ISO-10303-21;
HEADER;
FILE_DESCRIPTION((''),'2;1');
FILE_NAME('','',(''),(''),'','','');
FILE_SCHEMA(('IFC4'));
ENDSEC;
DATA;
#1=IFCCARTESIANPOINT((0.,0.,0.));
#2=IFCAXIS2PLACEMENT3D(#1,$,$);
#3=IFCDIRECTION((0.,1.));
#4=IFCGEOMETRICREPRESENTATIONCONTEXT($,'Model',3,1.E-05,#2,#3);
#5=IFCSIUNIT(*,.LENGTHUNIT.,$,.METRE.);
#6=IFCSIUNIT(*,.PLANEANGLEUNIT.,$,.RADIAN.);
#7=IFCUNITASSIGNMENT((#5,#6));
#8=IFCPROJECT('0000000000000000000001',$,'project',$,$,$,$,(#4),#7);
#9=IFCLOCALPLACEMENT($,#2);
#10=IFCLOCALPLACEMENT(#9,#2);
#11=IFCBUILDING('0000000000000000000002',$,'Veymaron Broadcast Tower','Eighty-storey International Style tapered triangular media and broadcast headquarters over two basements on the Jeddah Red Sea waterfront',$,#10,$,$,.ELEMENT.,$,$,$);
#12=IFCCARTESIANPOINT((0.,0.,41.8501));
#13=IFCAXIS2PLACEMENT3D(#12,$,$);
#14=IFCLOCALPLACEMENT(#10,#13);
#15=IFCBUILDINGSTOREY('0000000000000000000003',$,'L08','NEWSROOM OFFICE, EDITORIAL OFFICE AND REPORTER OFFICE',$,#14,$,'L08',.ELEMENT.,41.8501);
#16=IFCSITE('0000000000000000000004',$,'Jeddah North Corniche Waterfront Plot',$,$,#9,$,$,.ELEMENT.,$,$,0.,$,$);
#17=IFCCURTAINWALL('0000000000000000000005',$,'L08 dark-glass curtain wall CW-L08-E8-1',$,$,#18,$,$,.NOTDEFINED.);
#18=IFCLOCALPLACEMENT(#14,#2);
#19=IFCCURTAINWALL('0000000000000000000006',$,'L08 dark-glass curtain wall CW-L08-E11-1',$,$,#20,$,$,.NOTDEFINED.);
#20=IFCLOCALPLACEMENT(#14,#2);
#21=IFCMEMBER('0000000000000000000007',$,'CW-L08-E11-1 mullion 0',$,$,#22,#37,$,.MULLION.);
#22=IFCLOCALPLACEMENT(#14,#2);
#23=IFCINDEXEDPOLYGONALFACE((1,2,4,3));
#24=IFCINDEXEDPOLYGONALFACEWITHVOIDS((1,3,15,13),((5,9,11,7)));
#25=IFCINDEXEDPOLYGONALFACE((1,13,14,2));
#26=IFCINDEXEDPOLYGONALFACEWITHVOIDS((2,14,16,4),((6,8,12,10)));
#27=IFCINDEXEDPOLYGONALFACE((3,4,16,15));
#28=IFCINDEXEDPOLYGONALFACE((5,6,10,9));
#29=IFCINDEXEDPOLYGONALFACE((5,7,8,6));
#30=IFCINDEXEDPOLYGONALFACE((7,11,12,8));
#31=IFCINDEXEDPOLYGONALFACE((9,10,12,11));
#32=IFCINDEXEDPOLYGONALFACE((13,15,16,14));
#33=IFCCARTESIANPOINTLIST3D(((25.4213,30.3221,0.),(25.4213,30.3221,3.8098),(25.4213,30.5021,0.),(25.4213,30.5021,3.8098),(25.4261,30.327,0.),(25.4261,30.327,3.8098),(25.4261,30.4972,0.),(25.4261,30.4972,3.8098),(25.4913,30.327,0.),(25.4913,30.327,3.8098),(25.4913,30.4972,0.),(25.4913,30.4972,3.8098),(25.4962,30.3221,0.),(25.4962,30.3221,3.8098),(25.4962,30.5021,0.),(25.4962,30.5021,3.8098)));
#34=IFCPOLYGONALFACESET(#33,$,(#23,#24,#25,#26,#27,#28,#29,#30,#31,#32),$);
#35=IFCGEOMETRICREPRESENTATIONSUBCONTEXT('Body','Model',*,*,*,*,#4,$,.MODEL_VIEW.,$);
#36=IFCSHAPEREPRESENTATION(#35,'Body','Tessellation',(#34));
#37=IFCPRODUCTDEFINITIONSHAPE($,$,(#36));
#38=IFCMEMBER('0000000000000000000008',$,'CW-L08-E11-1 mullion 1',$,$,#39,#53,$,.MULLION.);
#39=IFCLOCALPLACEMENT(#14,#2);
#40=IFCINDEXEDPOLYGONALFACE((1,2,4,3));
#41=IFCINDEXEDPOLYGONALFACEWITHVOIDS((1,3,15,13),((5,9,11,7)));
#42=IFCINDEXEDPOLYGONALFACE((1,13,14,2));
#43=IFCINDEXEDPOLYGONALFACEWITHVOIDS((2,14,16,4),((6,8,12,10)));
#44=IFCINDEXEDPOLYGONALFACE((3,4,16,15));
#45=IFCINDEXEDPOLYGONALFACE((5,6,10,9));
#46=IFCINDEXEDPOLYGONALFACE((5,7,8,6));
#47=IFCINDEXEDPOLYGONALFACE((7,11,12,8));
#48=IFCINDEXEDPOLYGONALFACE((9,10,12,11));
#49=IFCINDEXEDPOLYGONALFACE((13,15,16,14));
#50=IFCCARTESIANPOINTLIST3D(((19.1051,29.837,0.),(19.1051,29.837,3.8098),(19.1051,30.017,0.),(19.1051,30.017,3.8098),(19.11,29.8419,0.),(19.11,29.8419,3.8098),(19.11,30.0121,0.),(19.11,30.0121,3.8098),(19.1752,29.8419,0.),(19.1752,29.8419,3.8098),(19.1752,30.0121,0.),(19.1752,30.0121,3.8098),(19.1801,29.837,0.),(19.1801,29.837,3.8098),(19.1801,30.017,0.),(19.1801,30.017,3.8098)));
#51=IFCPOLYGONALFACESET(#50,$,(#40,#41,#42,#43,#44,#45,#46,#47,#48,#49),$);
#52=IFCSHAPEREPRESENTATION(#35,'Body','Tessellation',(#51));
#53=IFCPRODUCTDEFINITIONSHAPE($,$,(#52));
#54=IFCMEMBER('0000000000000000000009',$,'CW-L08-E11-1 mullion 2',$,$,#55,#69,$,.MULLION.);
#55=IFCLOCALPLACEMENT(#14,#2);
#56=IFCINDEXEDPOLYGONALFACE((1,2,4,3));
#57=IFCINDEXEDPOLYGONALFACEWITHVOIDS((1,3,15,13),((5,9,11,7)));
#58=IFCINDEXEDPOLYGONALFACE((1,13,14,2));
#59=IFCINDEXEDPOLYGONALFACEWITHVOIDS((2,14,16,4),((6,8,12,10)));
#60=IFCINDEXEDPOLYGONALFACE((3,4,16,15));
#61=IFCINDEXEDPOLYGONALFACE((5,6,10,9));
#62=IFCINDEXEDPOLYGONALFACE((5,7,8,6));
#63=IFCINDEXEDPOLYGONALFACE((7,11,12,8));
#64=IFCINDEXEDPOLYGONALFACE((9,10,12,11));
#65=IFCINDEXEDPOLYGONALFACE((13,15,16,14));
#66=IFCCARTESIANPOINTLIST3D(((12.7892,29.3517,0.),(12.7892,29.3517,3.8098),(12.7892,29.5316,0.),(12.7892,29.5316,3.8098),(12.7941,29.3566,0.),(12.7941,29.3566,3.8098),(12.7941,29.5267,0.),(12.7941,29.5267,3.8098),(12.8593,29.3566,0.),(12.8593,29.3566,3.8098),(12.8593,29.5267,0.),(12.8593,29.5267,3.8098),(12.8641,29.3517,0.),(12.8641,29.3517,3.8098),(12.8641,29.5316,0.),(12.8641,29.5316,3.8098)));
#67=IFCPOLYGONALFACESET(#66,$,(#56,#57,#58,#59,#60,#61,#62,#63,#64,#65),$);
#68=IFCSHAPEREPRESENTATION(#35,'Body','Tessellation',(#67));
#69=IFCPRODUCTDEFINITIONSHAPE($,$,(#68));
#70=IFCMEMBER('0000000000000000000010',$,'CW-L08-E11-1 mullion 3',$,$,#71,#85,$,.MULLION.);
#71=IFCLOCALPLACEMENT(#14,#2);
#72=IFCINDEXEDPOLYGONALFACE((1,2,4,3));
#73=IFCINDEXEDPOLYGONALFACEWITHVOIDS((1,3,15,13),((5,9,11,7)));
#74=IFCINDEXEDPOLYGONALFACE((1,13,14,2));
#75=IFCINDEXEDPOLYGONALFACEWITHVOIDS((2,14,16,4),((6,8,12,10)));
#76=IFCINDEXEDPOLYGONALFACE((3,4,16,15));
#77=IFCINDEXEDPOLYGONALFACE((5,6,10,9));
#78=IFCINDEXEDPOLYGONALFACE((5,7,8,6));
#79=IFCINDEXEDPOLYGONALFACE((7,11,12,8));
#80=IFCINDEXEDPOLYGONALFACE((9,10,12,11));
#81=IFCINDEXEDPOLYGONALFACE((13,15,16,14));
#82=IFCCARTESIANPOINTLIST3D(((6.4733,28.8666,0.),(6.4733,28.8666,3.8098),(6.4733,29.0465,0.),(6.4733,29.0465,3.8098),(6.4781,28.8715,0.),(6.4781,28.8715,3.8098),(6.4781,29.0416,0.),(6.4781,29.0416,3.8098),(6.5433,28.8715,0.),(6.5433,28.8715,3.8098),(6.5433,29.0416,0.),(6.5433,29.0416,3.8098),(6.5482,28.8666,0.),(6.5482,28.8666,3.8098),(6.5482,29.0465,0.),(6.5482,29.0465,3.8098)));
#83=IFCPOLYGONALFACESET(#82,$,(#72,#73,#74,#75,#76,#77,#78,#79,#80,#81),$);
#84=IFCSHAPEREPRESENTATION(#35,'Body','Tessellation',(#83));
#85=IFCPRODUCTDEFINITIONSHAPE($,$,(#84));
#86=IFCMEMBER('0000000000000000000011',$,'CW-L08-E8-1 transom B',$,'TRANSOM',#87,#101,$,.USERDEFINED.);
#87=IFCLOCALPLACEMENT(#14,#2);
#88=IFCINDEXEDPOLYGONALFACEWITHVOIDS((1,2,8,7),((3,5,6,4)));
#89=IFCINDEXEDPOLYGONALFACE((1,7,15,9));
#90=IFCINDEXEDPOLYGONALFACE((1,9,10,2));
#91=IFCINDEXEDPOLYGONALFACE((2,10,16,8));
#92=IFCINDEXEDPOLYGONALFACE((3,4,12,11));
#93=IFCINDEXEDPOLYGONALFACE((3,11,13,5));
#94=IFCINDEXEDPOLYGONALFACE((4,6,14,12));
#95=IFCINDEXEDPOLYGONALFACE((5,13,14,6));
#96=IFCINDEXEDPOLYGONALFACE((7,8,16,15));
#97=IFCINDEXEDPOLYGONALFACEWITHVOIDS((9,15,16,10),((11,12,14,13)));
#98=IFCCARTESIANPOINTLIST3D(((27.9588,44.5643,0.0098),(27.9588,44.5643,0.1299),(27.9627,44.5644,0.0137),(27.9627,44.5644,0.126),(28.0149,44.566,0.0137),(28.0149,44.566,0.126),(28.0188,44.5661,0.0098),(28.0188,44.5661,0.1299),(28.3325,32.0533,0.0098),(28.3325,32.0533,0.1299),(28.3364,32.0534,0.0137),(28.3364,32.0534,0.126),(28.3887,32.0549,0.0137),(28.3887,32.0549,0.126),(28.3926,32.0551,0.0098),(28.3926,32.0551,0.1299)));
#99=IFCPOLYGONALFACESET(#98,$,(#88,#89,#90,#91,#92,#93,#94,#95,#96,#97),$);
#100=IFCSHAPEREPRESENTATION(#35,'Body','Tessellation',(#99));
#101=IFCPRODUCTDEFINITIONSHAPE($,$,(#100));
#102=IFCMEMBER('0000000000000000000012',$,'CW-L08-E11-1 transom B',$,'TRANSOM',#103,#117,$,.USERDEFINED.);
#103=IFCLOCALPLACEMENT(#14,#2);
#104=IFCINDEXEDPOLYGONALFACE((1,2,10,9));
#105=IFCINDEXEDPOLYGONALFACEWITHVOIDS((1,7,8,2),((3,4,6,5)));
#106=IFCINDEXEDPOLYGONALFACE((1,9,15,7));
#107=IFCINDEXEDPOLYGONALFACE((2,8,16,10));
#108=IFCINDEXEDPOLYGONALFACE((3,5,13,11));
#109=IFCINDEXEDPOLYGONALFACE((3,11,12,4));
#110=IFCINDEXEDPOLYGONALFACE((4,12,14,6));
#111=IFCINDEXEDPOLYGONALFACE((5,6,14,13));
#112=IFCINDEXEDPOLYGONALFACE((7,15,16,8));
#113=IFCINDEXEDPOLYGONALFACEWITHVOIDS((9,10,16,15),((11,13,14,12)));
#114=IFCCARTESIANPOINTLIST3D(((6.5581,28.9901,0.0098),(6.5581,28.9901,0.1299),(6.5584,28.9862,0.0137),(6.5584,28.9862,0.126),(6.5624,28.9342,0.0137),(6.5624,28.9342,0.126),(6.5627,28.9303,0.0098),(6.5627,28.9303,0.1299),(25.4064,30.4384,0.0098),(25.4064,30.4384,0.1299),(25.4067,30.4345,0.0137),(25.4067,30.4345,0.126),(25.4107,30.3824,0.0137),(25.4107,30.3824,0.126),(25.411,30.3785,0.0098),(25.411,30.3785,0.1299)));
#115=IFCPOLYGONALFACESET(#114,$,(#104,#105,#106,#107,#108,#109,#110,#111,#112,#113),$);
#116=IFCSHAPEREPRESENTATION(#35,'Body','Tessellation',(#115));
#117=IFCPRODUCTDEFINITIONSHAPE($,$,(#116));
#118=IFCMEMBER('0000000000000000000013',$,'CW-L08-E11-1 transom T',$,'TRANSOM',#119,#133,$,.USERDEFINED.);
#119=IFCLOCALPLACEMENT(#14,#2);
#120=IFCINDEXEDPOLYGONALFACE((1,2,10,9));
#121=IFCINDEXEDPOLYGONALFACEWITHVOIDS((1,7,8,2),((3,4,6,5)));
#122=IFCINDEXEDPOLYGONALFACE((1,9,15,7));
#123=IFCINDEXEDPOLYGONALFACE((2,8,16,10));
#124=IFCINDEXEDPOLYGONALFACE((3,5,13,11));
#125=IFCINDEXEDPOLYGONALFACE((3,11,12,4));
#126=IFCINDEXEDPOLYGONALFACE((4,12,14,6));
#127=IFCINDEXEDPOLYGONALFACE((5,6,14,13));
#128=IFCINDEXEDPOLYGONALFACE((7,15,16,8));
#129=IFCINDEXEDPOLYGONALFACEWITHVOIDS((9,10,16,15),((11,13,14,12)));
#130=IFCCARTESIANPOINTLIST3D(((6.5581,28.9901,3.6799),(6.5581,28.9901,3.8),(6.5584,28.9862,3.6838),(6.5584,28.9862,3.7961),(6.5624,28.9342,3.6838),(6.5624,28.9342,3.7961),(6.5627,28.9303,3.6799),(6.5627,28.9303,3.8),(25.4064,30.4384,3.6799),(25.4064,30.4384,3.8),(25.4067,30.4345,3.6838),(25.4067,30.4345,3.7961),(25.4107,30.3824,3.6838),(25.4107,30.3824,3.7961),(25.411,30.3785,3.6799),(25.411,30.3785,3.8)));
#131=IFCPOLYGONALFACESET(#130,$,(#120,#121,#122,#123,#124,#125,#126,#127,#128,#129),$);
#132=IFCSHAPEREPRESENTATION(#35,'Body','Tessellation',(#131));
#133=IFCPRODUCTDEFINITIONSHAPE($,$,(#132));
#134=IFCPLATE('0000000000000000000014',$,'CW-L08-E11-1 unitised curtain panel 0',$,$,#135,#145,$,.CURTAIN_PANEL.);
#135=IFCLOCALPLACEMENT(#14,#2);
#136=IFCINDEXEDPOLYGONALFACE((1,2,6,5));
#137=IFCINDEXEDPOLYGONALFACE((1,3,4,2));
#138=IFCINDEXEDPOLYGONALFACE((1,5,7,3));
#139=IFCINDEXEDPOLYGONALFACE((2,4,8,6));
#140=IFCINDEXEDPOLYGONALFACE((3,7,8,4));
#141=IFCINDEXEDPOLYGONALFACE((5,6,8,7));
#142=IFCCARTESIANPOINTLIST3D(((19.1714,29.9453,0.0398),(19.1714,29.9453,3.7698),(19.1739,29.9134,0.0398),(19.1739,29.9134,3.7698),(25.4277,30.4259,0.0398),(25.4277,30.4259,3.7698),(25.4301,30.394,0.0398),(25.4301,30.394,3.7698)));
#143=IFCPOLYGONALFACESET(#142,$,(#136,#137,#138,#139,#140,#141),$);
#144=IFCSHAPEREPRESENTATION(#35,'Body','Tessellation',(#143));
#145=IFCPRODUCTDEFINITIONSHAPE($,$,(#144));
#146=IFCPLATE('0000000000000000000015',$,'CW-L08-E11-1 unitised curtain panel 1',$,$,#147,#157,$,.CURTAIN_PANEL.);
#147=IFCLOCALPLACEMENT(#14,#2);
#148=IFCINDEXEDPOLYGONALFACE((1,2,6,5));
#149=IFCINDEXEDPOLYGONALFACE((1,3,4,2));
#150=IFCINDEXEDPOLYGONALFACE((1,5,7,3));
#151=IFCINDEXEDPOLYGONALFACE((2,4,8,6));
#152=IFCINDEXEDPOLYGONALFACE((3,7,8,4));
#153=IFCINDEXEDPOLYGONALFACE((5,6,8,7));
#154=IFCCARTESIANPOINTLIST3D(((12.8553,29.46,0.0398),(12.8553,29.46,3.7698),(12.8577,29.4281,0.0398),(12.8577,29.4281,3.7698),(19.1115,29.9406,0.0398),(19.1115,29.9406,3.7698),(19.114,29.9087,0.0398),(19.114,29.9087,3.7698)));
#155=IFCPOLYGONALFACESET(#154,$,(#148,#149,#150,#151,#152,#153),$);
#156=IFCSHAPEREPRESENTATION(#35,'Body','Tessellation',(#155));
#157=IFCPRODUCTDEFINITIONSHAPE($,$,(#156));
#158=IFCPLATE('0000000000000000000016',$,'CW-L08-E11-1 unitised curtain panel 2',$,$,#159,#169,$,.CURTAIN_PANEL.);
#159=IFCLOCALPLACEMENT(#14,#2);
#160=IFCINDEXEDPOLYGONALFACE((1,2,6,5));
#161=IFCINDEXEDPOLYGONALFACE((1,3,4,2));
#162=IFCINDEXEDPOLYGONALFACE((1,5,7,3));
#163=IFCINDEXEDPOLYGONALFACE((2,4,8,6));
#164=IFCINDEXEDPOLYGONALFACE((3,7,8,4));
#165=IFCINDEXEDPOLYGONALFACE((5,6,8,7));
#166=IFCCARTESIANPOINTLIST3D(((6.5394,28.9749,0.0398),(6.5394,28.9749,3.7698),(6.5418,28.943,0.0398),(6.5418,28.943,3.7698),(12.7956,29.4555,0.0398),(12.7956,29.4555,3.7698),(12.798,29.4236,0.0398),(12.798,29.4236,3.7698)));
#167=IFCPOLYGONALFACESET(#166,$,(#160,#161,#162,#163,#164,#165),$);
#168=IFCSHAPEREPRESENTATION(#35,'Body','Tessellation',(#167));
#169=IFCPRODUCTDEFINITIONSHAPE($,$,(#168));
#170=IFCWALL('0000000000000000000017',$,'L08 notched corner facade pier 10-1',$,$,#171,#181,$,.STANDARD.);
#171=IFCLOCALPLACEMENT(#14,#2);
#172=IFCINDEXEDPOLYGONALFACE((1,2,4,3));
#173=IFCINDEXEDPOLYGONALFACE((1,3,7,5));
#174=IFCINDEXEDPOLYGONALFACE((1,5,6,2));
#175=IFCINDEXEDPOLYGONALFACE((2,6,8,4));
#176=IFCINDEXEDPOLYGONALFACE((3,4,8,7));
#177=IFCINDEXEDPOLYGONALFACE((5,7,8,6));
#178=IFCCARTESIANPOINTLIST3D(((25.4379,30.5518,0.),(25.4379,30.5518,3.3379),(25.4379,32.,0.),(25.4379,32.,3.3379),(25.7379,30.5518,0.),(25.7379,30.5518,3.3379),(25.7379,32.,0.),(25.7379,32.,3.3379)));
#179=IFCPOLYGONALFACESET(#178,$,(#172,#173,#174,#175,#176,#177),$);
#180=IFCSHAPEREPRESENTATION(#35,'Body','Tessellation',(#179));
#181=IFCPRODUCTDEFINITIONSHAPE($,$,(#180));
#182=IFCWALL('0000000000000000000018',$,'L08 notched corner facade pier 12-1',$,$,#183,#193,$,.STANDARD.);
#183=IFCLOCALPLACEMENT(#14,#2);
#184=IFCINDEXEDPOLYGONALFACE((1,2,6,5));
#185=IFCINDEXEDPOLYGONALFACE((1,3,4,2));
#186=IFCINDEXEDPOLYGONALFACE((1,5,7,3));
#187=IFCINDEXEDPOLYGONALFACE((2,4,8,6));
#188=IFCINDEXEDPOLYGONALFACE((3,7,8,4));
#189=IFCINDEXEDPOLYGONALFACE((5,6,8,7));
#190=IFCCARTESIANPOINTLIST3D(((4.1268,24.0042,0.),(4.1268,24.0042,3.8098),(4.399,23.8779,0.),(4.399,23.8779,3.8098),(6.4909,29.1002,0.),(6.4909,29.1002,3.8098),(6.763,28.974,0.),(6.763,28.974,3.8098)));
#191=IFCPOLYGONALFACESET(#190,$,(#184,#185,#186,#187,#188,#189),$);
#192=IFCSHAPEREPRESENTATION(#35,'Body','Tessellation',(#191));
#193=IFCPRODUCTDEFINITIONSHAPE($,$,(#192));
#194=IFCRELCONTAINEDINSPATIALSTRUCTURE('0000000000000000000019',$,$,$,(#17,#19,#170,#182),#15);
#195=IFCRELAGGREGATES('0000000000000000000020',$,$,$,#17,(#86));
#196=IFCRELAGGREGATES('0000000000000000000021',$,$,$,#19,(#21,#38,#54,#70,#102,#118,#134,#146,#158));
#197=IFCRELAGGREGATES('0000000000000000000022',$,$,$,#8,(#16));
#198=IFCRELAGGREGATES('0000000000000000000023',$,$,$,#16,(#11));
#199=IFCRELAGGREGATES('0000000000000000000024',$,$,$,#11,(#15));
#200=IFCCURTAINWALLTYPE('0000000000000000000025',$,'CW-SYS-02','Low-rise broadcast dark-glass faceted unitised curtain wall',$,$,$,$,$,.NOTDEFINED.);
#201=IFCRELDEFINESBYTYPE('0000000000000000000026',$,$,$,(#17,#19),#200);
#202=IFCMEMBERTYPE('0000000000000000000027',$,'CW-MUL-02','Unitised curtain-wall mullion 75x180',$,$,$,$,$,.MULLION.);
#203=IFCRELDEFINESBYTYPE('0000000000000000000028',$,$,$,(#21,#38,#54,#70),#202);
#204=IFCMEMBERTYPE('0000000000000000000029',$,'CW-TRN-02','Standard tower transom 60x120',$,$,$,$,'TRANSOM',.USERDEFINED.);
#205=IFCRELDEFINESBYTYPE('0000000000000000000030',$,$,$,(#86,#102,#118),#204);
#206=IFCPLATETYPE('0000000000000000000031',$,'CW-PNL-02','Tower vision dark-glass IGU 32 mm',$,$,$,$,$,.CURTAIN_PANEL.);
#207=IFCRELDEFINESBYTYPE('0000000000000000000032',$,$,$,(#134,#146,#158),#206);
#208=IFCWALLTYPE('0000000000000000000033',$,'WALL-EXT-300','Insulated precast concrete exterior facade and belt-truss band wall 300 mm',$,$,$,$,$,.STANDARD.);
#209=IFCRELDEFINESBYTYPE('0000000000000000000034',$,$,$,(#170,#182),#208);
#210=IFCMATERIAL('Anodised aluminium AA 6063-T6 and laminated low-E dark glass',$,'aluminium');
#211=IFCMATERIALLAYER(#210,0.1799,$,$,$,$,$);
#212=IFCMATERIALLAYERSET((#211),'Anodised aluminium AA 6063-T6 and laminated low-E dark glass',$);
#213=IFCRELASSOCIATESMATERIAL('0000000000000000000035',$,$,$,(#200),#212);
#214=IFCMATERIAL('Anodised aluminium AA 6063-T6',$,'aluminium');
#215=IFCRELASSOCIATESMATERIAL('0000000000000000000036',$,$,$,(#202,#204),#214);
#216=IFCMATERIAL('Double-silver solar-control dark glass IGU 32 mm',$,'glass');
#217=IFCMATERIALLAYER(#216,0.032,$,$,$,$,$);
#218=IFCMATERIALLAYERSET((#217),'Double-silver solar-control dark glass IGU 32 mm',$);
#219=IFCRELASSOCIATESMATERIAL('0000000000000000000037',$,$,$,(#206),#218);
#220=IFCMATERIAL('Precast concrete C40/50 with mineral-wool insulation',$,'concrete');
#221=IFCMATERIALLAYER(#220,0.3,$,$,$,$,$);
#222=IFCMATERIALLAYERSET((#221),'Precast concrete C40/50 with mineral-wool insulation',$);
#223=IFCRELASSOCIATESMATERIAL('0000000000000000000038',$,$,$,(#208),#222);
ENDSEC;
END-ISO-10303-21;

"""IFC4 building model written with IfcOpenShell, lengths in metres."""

from ifc_helpers import new_model, si_unit, direction, frame, frame_2d, origin, origin_2d, place, context, subcontext, project, spatial, rectangle, hollow_rectangle, extrude, material, layer, layer_set, material_profile, profile_set, type_object, element, aggregate, save


model = new_model("IFC4")

# Units and contexts
model_context = context("Model", 3, precision=1e-05, world=origin(), true_north=direction((0.0, 1.0)))
body_context = subcontext(model_context, "Body", "Model", "MODEL_VIEW")
ifc_project = project(units=[si_unit("LENGTHUNIT", "METRE"), si_unit("PLANEANGLEUNIT", "RADIAN")], contexts=[model_context])

# Site, building, storey
site_placement = place(None, origin())
site = spatial("IfcSite", under=ifc_project, at=site_placement, Name="Jeddah North Corniche Waterfront Plot", CompositionType="ELEMENT", RefElevation=0.0)
building_placement = place(site_placement, origin())
building = spatial("IfcBuilding", under=site, at=building_placement, Name="Veymaron Broadcast Tower", Description="Eighty-storey International Style tapered triangular media and broadcast headquarters over two basements on the Jeddah Red Sea waterfront", CompositionType="ELEMENT")
storey_placement = place(building_placement, frame((0.0, 0.0, 41.8501)))
storey = spatial("IfcBuildingStorey", under=building, at=storey_placement, Name="L08", Description="NEWSROOM OFFICE, EDITORIAL OFFICE AND REPORTER OFFICE", LongName="L08", CompositionType="ELEMENT", Elevation=41.8501)

# Curtain wall
ifc_material_1 = material(Name="Anodised aluminium AA 6063-T6 and laminated low-E dark glass", Category="aluminium")
ifc_layer_1 = layer(ifc_material_1, 0.1799)
ifc_layer_set_1 = layer_set([ifc_layer_1], Name="Anodised aluminium AA 6063-T6 and laminated low-E dark glass")
curtain_wall_type = type_object("IfcCurtainWallType", Name="CW-SYS-02", Description="Low-rise broadcast dark-glass faceted unitised curtain wall", PredefinedType="NOTDEFINED", material=ifc_layer_set_1)
curtain_wall_1_placement = place(storey_placement, origin())
curtain_wall_1 = element("IfcCurtainWall", 1, at=curtain_wall_1_placement, inside=storey, type_object=curtain_wall_type, Name="L08 dark-glass curtain wall CW-L08-E8-1", PredefinedType="NOTDEFINED")
ifc_material_2 = material(Name="Anodised aluminium AA 6063-T6", Category="aluminium")
ifc_material_profile_1 = material_profile(ifc_material_2, hollow_rectangle(XDim=0.075, YDim=0.1799, WallThickness=0.0049, at=origin_2d()), Name="AL180X75X5")
ifc_profile_set_1 = profile_set([ifc_material_profile_1], Name="Anodised aluminium AA 6063-T6")
member_type_1 = type_object("IfcMemberType", Name="CW-MUL-02", Description="Unitised curtain-wall mullion 75x180", PredefinedType="MULLION", material=ifc_profile_set_1)

# Curtain wall, members
curtain_wall_2_placement = place(storey_placement, origin())
curtain_wall_2 = element("IfcCurtainWall", 2, at=curtain_wall_2_placement, inside=storey, type_object=curtain_wall_type, Name="L08 dark-glass curtain wall CW-L08-E11-1", PredefinedType="NOTDEFINED")
member_1_placement = place(storey_placement, frame((25.4587, 30.4121, 0.0), z_axis=(0.0, 0.0, 1.0), x_axis=(1.0, 0.0, 0.0)))
member_1 = element("IfcMember", 3, at=member_1_placement, type_object=member_type_1, Name="CW-L08-E11-1 mullion 0", PredefinedType="MULLION", context=body_context, shape_type="SweptSolid", body=[
    extrude(hollow_rectangle(XDim=0.075, YDim=0.1799, WallThickness=0.0049, at=origin_2d()), origin(), (0.0, 0.0, 1.0), 3.8098),
])
member_2_placement = place(storey_placement, frame((19.1426, 29.927, 0.0), z_axis=(0.0, 0.0, 1.0), x_axis=(1.0, 0.0, 0.0)))
member_2 = element("IfcMember", 4, at=member_2_placement, type_object=member_type_1, Name="CW-L08-E11-1 mullion 1", PredefinedType="MULLION", context=body_context, shape_type="SweptSolid", body=[
    extrude(hollow_rectangle(XDim=0.075, YDim=0.1799, WallThickness=0.0049, at=origin_2d()), origin(), (0.0, 0.0, 1.0), 3.8098),
])
member_3_placement = place(storey_placement, frame((12.8267, 29.4417, 0.0), z_axis=(0.0, 0.0, 1.0), x_axis=(1.0, 0.0, 0.0)))
member_3 = element("IfcMember", 5, at=member_3_placement, type_object=member_type_1, Name="CW-L08-E11-1 mullion 2", PredefinedType="MULLION", context=body_context, shape_type="SweptSolid", body=[
    extrude(hollow_rectangle(XDim=0.075, YDim=0.1799, WallThickness=0.0049, at=origin_2d()), origin(), (0.0, 0.0, 1.0), 3.8098),
])
member_4_placement = place(storey_placement, frame((6.5107, 28.9565, 0.0), z_axis=(0.0, 0.0, 1.0), x_axis=(1.0, 0.0, 0.0)))
member_4 = element("IfcMember", 6, at=member_4_placement, type_object=member_type_1, Name="CW-L08-E11-1 mullion 3", PredefinedType="MULLION", context=body_context, shape_type="SweptSolid", body=[
    extrude(hollow_rectangle(XDim=0.075, YDim=0.1799, WallThickness=0.0049, at=origin_2d()), origin(), (0.0, 0.0, 1.0), 3.8098),
])

# Members
ifc_material_profile_2 = material_profile(ifc_material_2, hollow_rectangle(XDim=0.0601, YDim=0.1201, WallThickness=0.0039, at=origin_2d()), Name="AL120X60X4")
ifc_profile_set_2 = profile_set([ifc_material_profile_2], Name="Anodised aluminium AA 6063-T6")
member_type_2 = type_object("IfcMemberType", Name="CW-TRN-02", Description="Standard tower transom 60x120", ElementType="TRANSOM", PredefinedType="USERDEFINED", material=ifc_profile_set_2)
member_5_placement = place(storey_placement, frame((27.9888, 44.5652, 0.0698), z_axis=(0.029863, -0.999554, 0.0), x_axis=(0.999554, 0.029863, 0.0)))
member_5 = element("IfcMember", 7, at=member_5_placement, type_object=member_type_2, Name="CW-L08-E8-1 transom B", ObjectType="TRANSOM", PredefinedType="USERDEFINED", context=body_context, shape_type="SweptSolid", body=[
    extrude(hollow_rectangle(XDim=0.0601, YDim=0.1201, WallThickness=0.0039, at=origin_2d()), origin(), (0.0, 0.0, 1.0), 12.5166),
])
aggregate(curtain_wall_1, [member_5])
member_6_placement = place(storey_placement, frame((25.4087, 30.4084, 0.0698), z_axis=(-0.997061, -0.076612, 0.0), x_axis=(0.076612, -0.997061, 0.0)))
member_6 = element("IfcMember", 8, at=member_6_placement, type_object=member_type_2, Name="CW-L08-E11-1 transom B", ObjectType="TRANSOM", PredefinedType="USERDEFINED", context=body_context, shape_type="SweptSolid", body=[
    extrude(hollow_rectangle(XDim=0.0601, YDim=0.1201, WallThickness=0.0039, at=origin_2d()), origin(), (0.0, 0.0, 1.0), 18.9038),
])
member_7_placement = place(storey_placement, frame((25.4087, 30.4084, 3.74), z_axis=(-0.997061, -0.076612, 0.0), x_axis=(0.076612, -0.997061, 0.0)))
member_7 = element("IfcMember", 9, at=member_7_placement, type_object=member_type_2, Name="CW-L08-E11-1 transom T", ObjectType="TRANSOM", PredefinedType="USERDEFINED", context=body_context, shape_type="SweptSolid", body=[
    extrude(hollow_rectangle(XDim=0.0601, YDim=0.1201, WallThickness=0.0039, at=origin_2d()), origin(), (0.0, 0.0, 1.0), 18.9038),
])

# Plates
ifc_material_3 = material(Name="Double-silver solar-control dark glass IGU 32 mm", Category="glass")
ifc_layer_2 = layer(ifc_material_3, 0.032)
ifc_layer_set_2 = layer_set([ifc_layer_2], Name="Double-silver solar-control dark glass IGU 32 mm")
plate_type = type_object("IfcPlateType", Name="CW-PNL-02", Description="Tower vision dark-glass IGU 32 mm", PredefinedType="CURTAIN_PANEL", material=ifc_layer_set_2)
plate_1_placement = place(storey_placement, frame((22.3008, 30.1697, 0.0398), z_axis=(0.0, 0.0, 1.0), x_axis=(-0.997062, -0.076597, 0.0)))
plate_1 = element("IfcPlate", 10, at=plate_1_placement, type_object=plate_type, Name="CW-L08-E11-1 unitised curtain panel 0", PredefinedType="CURTAIN_PANEL", context=body_context, shape_type="SweptSolid", body=[
    extrude(rectangle(XDim=6.2747, YDim=0.032, at=origin_2d()), origin(), (0.0, 0.0, 1.0), 3.73),
])
plate_2_placement = place(storey_placement, frame((15.9846, 29.6843, 0.0398), z_axis=(0.0, 0.0, 1.0), x_axis=(-0.997062, -0.076597, 0.0)))
plate_2 = element("IfcPlate", 11, at=plate_2_placement, type_object=plate_type, Name="CW-L08-E11-1 unitised curtain panel 1", PredefinedType="CURTAIN_PANEL", context=body_context, shape_type="SweptSolid", body=[
    extrude(rectangle(XDim=6.2747, YDim=0.032, at=origin_2d()), origin(), (0.0, 0.0, 1.0), 3.73),
])
plate_3_placement = place(storey_placement, frame((9.6687, 29.1992, 0.0398), z_axis=(0.0, 0.0, 1.0), x_axis=(-0.997062, -0.076597, 0.0)))
plate_3 = element("IfcPlate", 12, at=plate_3_placement, type_object=plate_type, Name="CW-L08-E11-1 unitised curtain panel 2", PredefinedType="CURTAIN_PANEL", context=body_context, shape_type="SweptSolid", body=[
    extrude(rectangle(XDim=6.2747, YDim=0.032, at=origin_2d()), origin(), (0.0, 0.0, 1.0), 3.73),
])
aggregate(curtain_wall_2, [member_1, member_2, member_3, member_4, member_6, member_7, plate_1, plate_2, plate_3])

# Walls
ifc_material_4 = material(Name="Precast concrete C40/50 with mineral-wool insulation", Category="concrete")
ifc_layer_3 = layer(ifc_material_4, 0.3)
ifc_layer_set_3 = layer_set([ifc_layer_3], Name="Precast concrete C40/50 with mineral-wool insulation")
wall_type_1 = type_object("IfcWallType", Name="WALL-EXT-300", Description="Insulated precast concrete exterior facade and belt-truss band wall 300 mm", PredefinedType="STANDARD", material=ifc_layer_set_3)
wall_1_placement = place(storey_placement, frame((25.5879, 32.0, 0.0), z_axis=(0.0, 0.0, 1.0), x_axis=(0.0, -1.0, 0.0)))
element("IfcWall", 13, at=wall_1_placement, inside=storey, type_object=wall_type_1, Name="L08 notched corner facade pier 10-1", PredefinedType="STANDARD", context=body_context, shape_type="SweptSolid", body=[
    extrude(rectangle(XDim=1.4482, YDim=0.3, at=frame_2d((0.7241, 0.0))), origin(), (0.0, 0.0, 1.0), 3.3379),
])
for number, where, z_axis, x_axis, name in (
    (14, (6.627, 29.0371, 0.0), (0.0, 0.0, 1.0), (-0.420824, -0.907142, 0.0), "L08 notched corner facade pier 12-1"),
):
    element("IfcWall", number, at=place(storey_placement, frame(where, z_axis=z_axis, x_axis=x_axis)), inside=storey, type_object=wall_type_1, Name=name, PredefinedType="STANDARD", context=body_context, shape_type="SweptSolid", body=[
        extrude(rectangle(XDim=5.6177, YDim=0.3, at=frame_2d((2.8088, 0.0))), origin(), (0.0, 0.0, 1.0), 3.8098),
    ])

save(model, "model.ifc")
